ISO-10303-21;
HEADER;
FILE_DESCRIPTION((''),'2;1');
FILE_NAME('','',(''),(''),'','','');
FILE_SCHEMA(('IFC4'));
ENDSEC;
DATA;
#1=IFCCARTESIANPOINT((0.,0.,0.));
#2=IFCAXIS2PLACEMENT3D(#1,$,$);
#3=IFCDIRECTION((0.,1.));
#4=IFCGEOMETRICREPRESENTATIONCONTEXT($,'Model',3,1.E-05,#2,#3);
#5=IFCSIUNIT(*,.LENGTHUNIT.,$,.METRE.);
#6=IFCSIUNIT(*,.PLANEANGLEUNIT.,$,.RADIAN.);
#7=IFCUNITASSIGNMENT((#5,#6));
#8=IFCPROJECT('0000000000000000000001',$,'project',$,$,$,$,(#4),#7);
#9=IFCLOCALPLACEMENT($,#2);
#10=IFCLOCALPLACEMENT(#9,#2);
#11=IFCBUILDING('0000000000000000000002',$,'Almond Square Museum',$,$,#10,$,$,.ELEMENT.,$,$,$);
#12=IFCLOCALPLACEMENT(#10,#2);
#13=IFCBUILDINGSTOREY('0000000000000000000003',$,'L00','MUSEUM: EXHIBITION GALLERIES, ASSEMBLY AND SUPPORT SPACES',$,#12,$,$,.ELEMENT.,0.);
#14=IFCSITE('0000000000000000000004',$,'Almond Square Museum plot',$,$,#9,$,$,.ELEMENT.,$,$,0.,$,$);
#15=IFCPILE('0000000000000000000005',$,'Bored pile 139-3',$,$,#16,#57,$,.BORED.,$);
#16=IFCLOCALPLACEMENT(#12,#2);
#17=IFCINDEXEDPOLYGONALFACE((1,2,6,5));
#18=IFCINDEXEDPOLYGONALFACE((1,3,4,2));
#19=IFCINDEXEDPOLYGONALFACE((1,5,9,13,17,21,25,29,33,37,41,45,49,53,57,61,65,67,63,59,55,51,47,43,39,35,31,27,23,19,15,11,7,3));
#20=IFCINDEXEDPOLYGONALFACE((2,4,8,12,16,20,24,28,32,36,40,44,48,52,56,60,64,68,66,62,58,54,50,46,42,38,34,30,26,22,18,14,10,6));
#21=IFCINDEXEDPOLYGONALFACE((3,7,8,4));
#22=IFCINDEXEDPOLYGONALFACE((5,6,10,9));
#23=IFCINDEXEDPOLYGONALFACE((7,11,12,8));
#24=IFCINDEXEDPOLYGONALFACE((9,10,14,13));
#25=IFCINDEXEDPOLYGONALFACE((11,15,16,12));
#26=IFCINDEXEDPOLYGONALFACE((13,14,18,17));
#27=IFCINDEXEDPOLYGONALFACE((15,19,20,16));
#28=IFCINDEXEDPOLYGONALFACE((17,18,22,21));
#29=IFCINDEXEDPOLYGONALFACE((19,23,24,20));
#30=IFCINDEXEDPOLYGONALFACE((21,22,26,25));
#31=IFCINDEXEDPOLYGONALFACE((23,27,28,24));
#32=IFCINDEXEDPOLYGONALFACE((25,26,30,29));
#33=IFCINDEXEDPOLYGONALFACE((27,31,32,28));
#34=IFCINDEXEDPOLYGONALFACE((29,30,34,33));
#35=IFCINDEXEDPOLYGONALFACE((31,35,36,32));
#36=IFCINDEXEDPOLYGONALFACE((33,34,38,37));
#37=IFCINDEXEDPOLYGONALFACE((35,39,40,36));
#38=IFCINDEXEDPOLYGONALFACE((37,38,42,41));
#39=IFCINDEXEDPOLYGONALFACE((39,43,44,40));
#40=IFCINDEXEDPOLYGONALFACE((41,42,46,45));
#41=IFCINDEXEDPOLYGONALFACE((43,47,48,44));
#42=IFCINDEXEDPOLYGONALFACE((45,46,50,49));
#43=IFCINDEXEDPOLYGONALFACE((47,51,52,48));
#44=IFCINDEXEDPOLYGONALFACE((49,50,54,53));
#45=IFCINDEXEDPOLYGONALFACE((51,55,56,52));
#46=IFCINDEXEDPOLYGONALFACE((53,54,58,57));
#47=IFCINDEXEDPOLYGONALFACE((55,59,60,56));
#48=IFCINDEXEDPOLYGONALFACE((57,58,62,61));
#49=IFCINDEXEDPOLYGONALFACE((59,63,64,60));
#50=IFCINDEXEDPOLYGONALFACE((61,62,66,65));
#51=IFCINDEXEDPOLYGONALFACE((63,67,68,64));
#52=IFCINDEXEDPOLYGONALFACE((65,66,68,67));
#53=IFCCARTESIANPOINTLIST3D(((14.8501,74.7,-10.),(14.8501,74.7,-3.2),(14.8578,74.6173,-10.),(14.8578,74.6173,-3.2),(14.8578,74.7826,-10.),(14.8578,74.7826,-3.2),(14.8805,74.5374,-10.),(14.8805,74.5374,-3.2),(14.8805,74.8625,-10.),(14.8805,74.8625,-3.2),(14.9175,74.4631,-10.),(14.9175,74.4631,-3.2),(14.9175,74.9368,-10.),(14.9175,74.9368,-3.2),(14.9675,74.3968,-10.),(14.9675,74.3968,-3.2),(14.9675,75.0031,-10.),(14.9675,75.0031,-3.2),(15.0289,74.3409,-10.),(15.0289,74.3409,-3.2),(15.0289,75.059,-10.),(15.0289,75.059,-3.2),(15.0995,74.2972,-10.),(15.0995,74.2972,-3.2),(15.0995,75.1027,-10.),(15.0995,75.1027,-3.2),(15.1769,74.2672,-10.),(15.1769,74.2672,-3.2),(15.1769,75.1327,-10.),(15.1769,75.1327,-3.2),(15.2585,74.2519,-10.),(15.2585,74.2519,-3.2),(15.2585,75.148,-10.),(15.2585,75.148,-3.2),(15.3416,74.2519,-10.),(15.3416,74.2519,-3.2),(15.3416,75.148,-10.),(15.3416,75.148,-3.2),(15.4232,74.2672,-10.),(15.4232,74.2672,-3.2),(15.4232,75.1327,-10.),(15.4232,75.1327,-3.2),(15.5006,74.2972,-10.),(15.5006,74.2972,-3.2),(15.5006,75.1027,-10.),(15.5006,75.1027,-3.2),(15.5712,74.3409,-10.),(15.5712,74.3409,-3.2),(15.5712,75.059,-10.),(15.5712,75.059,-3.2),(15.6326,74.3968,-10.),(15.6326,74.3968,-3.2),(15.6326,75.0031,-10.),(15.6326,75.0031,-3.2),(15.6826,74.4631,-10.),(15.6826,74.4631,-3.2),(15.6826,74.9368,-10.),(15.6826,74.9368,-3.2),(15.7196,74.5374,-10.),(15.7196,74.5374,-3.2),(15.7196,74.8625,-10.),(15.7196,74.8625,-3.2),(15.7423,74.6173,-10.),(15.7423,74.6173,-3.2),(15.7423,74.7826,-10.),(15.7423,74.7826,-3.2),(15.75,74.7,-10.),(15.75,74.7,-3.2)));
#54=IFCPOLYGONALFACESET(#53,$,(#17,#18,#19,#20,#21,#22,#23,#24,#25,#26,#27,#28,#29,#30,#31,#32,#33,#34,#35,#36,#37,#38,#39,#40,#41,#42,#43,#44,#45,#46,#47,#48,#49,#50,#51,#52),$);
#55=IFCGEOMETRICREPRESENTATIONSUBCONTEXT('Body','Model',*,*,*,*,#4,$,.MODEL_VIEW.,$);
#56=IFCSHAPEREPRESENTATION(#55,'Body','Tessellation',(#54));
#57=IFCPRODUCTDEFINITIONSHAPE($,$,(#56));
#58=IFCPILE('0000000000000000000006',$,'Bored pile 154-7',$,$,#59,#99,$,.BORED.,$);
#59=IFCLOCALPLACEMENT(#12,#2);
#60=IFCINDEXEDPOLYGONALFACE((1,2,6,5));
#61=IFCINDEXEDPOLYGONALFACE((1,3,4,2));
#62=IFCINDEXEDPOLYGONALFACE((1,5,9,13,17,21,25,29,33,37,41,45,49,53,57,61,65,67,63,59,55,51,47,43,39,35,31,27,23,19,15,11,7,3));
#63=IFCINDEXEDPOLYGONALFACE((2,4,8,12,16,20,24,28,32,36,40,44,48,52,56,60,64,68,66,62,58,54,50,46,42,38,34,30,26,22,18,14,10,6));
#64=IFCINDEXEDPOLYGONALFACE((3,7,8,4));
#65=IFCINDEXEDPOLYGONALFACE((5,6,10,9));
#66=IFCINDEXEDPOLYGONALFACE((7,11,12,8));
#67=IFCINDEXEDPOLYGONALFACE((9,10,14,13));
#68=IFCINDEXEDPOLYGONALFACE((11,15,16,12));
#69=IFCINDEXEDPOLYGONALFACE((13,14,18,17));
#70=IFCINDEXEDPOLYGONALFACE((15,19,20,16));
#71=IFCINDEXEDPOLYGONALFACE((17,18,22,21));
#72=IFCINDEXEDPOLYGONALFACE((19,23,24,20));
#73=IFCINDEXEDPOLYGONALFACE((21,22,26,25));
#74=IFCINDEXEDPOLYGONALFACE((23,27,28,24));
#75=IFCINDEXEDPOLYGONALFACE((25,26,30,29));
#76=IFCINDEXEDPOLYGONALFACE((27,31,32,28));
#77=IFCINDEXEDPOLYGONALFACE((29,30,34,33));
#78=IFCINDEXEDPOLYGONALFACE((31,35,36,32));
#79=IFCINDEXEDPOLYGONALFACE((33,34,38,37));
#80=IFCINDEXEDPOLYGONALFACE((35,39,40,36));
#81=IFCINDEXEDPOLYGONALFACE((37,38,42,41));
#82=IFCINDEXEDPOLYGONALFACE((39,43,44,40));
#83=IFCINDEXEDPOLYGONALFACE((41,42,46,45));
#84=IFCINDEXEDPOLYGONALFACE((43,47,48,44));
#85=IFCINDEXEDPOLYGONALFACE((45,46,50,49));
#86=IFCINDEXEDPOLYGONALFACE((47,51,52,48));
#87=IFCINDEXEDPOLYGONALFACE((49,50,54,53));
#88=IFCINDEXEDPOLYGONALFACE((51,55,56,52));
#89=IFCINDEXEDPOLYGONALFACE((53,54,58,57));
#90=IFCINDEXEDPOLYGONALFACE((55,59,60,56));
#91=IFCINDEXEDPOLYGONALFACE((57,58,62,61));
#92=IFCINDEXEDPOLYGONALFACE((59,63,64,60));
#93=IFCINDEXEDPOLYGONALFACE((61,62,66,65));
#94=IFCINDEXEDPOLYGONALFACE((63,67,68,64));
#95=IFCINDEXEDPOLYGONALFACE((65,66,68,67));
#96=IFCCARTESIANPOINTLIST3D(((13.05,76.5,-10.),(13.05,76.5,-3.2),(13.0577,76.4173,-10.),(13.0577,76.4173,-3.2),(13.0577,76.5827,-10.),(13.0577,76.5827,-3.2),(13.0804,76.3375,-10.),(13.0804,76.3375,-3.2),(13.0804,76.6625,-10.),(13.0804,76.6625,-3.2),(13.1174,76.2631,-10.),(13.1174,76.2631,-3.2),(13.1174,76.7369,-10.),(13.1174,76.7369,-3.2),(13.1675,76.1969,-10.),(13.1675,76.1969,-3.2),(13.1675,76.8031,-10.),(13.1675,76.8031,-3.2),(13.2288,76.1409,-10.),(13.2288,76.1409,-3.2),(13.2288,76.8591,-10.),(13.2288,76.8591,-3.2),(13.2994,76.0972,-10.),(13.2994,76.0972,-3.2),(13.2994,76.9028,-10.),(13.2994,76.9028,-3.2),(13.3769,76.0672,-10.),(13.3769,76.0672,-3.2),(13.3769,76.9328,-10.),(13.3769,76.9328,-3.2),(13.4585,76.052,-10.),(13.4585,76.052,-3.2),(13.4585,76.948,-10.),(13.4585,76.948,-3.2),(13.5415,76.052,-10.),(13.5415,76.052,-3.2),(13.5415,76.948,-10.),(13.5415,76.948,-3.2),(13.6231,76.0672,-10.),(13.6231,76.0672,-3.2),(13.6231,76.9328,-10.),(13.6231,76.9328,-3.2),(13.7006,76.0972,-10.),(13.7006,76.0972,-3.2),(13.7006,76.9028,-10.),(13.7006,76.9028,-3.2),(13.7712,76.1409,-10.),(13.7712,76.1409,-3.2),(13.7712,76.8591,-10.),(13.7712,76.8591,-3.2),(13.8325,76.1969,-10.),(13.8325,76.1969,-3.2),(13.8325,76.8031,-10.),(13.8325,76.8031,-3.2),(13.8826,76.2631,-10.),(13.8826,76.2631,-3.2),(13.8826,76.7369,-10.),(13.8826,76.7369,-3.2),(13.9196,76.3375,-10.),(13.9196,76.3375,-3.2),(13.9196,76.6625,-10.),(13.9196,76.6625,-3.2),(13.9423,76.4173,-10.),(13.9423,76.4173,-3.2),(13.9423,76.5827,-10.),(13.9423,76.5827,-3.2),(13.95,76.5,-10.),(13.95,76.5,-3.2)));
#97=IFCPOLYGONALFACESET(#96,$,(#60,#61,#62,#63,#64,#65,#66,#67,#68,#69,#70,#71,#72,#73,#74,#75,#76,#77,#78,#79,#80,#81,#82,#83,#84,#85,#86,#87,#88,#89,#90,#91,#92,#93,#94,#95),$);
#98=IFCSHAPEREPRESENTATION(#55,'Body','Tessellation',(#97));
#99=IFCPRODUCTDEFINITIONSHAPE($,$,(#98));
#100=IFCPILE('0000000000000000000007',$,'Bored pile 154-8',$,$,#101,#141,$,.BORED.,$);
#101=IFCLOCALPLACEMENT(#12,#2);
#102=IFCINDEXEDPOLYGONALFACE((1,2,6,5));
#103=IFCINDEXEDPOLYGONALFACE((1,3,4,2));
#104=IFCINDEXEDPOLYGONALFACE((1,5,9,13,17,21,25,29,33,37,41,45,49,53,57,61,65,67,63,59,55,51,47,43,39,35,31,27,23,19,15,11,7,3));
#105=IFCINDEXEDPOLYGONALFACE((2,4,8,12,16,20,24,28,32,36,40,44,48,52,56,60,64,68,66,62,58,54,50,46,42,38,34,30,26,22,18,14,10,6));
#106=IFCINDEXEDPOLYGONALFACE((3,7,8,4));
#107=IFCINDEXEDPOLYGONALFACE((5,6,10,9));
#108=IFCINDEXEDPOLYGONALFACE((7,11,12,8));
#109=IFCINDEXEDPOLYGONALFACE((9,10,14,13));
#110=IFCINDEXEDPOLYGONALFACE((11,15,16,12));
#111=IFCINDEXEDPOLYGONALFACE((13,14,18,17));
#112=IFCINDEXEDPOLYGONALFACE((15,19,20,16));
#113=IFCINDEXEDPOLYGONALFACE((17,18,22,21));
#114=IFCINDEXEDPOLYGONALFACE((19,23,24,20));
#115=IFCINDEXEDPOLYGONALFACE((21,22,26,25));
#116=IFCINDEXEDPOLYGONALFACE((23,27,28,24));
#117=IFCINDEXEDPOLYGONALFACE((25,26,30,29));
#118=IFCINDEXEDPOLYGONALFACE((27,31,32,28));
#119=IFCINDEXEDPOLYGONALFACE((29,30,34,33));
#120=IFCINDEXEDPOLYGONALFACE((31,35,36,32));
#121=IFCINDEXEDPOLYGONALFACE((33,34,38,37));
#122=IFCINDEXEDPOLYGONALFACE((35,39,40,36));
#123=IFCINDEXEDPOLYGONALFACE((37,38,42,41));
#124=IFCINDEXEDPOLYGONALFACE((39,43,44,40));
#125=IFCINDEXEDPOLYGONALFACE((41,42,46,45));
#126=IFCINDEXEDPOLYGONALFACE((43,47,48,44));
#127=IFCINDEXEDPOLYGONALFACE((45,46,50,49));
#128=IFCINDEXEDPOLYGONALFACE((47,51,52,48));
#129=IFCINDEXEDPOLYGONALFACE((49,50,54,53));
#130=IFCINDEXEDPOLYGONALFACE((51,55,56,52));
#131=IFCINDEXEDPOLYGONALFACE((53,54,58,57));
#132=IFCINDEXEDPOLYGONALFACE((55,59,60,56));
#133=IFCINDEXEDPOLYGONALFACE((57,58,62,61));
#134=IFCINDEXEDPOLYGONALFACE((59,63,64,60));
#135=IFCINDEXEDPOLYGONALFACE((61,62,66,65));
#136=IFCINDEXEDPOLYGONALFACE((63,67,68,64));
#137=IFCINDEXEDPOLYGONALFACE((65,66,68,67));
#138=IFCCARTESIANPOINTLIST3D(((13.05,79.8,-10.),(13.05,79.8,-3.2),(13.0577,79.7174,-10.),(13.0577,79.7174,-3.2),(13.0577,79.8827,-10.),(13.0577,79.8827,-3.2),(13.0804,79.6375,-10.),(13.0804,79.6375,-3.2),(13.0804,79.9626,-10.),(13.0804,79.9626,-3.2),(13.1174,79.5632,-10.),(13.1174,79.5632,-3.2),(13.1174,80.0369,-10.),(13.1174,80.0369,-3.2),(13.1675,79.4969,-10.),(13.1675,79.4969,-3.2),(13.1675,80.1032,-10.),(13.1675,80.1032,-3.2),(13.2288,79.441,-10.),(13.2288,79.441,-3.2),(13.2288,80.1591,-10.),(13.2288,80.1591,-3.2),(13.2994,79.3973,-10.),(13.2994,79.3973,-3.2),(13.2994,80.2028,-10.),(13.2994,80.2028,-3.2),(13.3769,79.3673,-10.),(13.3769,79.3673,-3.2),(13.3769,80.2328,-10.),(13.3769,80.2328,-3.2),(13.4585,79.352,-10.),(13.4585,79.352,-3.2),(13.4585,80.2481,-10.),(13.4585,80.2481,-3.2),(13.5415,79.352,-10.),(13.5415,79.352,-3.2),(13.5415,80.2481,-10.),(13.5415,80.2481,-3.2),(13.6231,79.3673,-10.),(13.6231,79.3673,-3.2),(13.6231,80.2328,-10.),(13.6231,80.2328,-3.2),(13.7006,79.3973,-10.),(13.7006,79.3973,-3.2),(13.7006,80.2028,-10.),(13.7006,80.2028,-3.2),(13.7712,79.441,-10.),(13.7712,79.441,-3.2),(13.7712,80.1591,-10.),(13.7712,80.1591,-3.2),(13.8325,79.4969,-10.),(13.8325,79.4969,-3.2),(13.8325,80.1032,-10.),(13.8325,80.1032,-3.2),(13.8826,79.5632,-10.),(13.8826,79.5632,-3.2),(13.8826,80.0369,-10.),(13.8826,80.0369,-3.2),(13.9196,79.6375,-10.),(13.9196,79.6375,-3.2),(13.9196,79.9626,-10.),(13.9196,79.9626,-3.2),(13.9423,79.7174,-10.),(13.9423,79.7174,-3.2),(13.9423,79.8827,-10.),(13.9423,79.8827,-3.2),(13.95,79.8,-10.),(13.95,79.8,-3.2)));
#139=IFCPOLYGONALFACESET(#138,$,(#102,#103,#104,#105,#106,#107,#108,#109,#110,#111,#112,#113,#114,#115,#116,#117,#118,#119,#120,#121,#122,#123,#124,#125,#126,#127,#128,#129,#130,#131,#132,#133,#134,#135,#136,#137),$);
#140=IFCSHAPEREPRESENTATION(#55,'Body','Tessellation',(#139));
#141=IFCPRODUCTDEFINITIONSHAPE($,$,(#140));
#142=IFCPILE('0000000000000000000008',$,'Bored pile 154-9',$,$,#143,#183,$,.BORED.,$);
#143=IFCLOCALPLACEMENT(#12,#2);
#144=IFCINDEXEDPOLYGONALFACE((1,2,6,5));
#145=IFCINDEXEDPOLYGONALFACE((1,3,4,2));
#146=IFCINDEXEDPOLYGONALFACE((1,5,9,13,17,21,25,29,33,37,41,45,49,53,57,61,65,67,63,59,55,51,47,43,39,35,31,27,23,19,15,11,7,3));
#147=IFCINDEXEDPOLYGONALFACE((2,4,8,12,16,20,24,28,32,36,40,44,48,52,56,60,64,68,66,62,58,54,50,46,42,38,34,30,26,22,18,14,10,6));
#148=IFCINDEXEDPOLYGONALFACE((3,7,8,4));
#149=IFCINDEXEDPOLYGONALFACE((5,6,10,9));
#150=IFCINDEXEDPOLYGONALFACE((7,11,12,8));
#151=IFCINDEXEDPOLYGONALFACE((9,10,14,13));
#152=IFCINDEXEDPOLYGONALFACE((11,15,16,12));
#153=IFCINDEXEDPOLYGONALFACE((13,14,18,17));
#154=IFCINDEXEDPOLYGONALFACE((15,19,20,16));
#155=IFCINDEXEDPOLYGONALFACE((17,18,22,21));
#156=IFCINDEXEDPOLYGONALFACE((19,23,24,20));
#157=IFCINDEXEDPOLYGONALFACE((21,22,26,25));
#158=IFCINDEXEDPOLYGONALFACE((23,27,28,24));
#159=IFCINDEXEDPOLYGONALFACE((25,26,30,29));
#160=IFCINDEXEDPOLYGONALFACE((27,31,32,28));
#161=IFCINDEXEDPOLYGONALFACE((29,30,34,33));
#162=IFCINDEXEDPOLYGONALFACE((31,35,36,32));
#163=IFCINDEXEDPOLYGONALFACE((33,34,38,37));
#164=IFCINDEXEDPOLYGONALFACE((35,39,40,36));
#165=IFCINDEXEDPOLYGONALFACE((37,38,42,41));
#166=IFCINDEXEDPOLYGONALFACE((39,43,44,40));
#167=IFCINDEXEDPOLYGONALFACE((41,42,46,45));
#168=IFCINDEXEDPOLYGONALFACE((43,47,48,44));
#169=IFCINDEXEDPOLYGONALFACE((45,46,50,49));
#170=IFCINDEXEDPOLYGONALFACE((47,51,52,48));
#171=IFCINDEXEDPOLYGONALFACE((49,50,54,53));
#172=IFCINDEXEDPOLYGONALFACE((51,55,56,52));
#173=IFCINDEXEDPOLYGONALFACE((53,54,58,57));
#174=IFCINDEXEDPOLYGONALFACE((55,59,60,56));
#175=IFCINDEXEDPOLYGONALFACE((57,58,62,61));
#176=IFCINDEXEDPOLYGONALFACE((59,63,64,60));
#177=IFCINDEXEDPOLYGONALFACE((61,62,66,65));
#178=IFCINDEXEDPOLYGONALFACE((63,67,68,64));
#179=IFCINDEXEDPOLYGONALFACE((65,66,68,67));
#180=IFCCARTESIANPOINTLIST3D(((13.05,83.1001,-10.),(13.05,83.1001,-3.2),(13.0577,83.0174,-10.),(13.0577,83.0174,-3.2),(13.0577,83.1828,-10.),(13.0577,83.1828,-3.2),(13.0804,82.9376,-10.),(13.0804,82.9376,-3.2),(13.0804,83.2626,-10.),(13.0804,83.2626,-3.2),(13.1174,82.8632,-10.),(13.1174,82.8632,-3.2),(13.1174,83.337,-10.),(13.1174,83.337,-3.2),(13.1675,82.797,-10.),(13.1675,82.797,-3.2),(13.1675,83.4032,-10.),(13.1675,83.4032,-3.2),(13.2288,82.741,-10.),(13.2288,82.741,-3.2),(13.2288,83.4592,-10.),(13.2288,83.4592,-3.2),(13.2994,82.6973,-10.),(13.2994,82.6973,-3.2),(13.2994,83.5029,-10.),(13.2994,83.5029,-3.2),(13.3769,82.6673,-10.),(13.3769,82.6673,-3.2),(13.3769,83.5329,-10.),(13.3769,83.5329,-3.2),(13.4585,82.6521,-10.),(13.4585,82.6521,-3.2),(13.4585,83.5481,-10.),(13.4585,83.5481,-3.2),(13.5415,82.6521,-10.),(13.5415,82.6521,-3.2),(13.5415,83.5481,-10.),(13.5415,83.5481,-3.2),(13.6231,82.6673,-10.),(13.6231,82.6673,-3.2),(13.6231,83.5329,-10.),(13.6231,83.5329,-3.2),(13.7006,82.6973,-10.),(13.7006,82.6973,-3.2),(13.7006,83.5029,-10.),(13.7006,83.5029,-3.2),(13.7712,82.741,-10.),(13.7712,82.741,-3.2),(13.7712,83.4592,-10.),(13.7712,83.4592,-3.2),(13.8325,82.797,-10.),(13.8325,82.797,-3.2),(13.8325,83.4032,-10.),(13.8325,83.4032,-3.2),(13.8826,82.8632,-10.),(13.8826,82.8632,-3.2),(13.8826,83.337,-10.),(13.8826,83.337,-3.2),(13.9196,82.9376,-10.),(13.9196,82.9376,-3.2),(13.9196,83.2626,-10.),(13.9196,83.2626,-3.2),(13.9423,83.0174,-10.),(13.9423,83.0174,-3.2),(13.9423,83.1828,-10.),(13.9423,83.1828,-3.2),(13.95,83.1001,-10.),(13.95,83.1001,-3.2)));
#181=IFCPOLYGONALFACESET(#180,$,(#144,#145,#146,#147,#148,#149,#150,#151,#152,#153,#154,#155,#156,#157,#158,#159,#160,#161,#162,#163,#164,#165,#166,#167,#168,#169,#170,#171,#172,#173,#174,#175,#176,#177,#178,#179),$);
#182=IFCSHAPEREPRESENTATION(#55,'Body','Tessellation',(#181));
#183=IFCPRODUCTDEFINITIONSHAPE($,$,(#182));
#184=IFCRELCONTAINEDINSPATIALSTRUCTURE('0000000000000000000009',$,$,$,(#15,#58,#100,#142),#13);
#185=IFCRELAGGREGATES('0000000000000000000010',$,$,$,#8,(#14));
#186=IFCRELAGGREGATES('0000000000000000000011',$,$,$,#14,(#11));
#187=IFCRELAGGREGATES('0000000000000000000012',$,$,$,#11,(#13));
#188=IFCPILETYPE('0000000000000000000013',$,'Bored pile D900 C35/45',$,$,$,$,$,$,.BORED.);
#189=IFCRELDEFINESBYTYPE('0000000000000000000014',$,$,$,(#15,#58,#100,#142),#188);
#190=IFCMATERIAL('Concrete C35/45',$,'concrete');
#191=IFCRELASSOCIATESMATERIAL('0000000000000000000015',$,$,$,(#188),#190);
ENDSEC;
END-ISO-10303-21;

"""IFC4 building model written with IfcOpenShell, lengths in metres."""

from ifc_helpers import new_model, si_unit, direction, frame, origin, origin_2d, place, context, subcontext, project, spatial, circle, extrude, material, material_profile, profile_set, type_object, element, save


model = new_model("IFC4")

# Units and contexts
model_context = context("Model", 3, precision=1e-05, world=origin(), true_north=direction((0.0, 1.0)))
body_context = subcontext(model_context, "Body", "Model", "MODEL_VIEW")
ifc_project = project(units=[si_unit("LENGTHUNIT", "METRE"), si_unit("PLANEANGLEUNIT", "RADIAN")], contexts=[model_context])

# Site, building, storey
site_placement = place(None, origin())
site = spatial("IfcSite", under=ifc_project, at=site_placement, Name="Almond Square Museum plot", CompositionType="ELEMENT", RefElevation=0.0)
building_placement = place(site_placement, origin())
building = spatial("IfcBuilding", under=site, at=building_placement, Name="Almond Square Museum", CompositionType="ELEMENT")
storey_placement = place(building_placement, origin())
storey = spatial("IfcBuildingStorey", under=building, at=storey_placement, Name="L00", Description="MUSEUM: EXHIBITION GALLERIES, ASSEMBLY AND SUPPORT SPACES", CompositionType="ELEMENT", Elevation=0.0)

# Piles
ifc_material_1 = material(Name="Concrete C35/45", Category="concrete")
ifc_material_profile = material_profile(ifc_material_1, circle(Radius=0.45, at=origin_2d()))
ifc_profile_set = profile_set([ifc_material_profile], Name="Concrete C35/45")
pile_type = type_object("IfcPileType", Name="Bored pile D900 C35/45", PredefinedType="BORED", material=ifc_profile_set)
for number, where, z_axis, x_axis, name in (
    (1, (15.3, 74.7, -3.2), (0.0, 0.0, -1.0), (1.0, 0.0, 0.0), "Bored pile 139-3"),
    (2, (13.5, 76.5, -3.2), (0.0, 0.0, -1.0), (1.0, 0.0, 0.0), "Bored pile 154-7"),
    (3, (13.5, 79.8, -3.2), (0.0, 0.0, -1.0), (1.0, 0.0, 0.0), "Bored pile 154-8"),
    (4, (13.5, 83.1001, -3.2), (0.0, 0.0, -1.0), (1.0, 0.0, 0.0), "Bored pile 154-9"),
):
    element("IfcPile", number, at=place(storey_placement, frame(where, z_axis=z_axis, x_axis=x_axis)), inside=storey, type_object=pile_type, Name=name, PredefinedType="BORED", context=body_context, shape_type="SweptSolid", body=[
        extrude(circle(Radius=0.45, at=origin_2d()), origin(), (0.0, 0.0, 1.0), 6.8),
    ])

save(model, "model.ifc")
